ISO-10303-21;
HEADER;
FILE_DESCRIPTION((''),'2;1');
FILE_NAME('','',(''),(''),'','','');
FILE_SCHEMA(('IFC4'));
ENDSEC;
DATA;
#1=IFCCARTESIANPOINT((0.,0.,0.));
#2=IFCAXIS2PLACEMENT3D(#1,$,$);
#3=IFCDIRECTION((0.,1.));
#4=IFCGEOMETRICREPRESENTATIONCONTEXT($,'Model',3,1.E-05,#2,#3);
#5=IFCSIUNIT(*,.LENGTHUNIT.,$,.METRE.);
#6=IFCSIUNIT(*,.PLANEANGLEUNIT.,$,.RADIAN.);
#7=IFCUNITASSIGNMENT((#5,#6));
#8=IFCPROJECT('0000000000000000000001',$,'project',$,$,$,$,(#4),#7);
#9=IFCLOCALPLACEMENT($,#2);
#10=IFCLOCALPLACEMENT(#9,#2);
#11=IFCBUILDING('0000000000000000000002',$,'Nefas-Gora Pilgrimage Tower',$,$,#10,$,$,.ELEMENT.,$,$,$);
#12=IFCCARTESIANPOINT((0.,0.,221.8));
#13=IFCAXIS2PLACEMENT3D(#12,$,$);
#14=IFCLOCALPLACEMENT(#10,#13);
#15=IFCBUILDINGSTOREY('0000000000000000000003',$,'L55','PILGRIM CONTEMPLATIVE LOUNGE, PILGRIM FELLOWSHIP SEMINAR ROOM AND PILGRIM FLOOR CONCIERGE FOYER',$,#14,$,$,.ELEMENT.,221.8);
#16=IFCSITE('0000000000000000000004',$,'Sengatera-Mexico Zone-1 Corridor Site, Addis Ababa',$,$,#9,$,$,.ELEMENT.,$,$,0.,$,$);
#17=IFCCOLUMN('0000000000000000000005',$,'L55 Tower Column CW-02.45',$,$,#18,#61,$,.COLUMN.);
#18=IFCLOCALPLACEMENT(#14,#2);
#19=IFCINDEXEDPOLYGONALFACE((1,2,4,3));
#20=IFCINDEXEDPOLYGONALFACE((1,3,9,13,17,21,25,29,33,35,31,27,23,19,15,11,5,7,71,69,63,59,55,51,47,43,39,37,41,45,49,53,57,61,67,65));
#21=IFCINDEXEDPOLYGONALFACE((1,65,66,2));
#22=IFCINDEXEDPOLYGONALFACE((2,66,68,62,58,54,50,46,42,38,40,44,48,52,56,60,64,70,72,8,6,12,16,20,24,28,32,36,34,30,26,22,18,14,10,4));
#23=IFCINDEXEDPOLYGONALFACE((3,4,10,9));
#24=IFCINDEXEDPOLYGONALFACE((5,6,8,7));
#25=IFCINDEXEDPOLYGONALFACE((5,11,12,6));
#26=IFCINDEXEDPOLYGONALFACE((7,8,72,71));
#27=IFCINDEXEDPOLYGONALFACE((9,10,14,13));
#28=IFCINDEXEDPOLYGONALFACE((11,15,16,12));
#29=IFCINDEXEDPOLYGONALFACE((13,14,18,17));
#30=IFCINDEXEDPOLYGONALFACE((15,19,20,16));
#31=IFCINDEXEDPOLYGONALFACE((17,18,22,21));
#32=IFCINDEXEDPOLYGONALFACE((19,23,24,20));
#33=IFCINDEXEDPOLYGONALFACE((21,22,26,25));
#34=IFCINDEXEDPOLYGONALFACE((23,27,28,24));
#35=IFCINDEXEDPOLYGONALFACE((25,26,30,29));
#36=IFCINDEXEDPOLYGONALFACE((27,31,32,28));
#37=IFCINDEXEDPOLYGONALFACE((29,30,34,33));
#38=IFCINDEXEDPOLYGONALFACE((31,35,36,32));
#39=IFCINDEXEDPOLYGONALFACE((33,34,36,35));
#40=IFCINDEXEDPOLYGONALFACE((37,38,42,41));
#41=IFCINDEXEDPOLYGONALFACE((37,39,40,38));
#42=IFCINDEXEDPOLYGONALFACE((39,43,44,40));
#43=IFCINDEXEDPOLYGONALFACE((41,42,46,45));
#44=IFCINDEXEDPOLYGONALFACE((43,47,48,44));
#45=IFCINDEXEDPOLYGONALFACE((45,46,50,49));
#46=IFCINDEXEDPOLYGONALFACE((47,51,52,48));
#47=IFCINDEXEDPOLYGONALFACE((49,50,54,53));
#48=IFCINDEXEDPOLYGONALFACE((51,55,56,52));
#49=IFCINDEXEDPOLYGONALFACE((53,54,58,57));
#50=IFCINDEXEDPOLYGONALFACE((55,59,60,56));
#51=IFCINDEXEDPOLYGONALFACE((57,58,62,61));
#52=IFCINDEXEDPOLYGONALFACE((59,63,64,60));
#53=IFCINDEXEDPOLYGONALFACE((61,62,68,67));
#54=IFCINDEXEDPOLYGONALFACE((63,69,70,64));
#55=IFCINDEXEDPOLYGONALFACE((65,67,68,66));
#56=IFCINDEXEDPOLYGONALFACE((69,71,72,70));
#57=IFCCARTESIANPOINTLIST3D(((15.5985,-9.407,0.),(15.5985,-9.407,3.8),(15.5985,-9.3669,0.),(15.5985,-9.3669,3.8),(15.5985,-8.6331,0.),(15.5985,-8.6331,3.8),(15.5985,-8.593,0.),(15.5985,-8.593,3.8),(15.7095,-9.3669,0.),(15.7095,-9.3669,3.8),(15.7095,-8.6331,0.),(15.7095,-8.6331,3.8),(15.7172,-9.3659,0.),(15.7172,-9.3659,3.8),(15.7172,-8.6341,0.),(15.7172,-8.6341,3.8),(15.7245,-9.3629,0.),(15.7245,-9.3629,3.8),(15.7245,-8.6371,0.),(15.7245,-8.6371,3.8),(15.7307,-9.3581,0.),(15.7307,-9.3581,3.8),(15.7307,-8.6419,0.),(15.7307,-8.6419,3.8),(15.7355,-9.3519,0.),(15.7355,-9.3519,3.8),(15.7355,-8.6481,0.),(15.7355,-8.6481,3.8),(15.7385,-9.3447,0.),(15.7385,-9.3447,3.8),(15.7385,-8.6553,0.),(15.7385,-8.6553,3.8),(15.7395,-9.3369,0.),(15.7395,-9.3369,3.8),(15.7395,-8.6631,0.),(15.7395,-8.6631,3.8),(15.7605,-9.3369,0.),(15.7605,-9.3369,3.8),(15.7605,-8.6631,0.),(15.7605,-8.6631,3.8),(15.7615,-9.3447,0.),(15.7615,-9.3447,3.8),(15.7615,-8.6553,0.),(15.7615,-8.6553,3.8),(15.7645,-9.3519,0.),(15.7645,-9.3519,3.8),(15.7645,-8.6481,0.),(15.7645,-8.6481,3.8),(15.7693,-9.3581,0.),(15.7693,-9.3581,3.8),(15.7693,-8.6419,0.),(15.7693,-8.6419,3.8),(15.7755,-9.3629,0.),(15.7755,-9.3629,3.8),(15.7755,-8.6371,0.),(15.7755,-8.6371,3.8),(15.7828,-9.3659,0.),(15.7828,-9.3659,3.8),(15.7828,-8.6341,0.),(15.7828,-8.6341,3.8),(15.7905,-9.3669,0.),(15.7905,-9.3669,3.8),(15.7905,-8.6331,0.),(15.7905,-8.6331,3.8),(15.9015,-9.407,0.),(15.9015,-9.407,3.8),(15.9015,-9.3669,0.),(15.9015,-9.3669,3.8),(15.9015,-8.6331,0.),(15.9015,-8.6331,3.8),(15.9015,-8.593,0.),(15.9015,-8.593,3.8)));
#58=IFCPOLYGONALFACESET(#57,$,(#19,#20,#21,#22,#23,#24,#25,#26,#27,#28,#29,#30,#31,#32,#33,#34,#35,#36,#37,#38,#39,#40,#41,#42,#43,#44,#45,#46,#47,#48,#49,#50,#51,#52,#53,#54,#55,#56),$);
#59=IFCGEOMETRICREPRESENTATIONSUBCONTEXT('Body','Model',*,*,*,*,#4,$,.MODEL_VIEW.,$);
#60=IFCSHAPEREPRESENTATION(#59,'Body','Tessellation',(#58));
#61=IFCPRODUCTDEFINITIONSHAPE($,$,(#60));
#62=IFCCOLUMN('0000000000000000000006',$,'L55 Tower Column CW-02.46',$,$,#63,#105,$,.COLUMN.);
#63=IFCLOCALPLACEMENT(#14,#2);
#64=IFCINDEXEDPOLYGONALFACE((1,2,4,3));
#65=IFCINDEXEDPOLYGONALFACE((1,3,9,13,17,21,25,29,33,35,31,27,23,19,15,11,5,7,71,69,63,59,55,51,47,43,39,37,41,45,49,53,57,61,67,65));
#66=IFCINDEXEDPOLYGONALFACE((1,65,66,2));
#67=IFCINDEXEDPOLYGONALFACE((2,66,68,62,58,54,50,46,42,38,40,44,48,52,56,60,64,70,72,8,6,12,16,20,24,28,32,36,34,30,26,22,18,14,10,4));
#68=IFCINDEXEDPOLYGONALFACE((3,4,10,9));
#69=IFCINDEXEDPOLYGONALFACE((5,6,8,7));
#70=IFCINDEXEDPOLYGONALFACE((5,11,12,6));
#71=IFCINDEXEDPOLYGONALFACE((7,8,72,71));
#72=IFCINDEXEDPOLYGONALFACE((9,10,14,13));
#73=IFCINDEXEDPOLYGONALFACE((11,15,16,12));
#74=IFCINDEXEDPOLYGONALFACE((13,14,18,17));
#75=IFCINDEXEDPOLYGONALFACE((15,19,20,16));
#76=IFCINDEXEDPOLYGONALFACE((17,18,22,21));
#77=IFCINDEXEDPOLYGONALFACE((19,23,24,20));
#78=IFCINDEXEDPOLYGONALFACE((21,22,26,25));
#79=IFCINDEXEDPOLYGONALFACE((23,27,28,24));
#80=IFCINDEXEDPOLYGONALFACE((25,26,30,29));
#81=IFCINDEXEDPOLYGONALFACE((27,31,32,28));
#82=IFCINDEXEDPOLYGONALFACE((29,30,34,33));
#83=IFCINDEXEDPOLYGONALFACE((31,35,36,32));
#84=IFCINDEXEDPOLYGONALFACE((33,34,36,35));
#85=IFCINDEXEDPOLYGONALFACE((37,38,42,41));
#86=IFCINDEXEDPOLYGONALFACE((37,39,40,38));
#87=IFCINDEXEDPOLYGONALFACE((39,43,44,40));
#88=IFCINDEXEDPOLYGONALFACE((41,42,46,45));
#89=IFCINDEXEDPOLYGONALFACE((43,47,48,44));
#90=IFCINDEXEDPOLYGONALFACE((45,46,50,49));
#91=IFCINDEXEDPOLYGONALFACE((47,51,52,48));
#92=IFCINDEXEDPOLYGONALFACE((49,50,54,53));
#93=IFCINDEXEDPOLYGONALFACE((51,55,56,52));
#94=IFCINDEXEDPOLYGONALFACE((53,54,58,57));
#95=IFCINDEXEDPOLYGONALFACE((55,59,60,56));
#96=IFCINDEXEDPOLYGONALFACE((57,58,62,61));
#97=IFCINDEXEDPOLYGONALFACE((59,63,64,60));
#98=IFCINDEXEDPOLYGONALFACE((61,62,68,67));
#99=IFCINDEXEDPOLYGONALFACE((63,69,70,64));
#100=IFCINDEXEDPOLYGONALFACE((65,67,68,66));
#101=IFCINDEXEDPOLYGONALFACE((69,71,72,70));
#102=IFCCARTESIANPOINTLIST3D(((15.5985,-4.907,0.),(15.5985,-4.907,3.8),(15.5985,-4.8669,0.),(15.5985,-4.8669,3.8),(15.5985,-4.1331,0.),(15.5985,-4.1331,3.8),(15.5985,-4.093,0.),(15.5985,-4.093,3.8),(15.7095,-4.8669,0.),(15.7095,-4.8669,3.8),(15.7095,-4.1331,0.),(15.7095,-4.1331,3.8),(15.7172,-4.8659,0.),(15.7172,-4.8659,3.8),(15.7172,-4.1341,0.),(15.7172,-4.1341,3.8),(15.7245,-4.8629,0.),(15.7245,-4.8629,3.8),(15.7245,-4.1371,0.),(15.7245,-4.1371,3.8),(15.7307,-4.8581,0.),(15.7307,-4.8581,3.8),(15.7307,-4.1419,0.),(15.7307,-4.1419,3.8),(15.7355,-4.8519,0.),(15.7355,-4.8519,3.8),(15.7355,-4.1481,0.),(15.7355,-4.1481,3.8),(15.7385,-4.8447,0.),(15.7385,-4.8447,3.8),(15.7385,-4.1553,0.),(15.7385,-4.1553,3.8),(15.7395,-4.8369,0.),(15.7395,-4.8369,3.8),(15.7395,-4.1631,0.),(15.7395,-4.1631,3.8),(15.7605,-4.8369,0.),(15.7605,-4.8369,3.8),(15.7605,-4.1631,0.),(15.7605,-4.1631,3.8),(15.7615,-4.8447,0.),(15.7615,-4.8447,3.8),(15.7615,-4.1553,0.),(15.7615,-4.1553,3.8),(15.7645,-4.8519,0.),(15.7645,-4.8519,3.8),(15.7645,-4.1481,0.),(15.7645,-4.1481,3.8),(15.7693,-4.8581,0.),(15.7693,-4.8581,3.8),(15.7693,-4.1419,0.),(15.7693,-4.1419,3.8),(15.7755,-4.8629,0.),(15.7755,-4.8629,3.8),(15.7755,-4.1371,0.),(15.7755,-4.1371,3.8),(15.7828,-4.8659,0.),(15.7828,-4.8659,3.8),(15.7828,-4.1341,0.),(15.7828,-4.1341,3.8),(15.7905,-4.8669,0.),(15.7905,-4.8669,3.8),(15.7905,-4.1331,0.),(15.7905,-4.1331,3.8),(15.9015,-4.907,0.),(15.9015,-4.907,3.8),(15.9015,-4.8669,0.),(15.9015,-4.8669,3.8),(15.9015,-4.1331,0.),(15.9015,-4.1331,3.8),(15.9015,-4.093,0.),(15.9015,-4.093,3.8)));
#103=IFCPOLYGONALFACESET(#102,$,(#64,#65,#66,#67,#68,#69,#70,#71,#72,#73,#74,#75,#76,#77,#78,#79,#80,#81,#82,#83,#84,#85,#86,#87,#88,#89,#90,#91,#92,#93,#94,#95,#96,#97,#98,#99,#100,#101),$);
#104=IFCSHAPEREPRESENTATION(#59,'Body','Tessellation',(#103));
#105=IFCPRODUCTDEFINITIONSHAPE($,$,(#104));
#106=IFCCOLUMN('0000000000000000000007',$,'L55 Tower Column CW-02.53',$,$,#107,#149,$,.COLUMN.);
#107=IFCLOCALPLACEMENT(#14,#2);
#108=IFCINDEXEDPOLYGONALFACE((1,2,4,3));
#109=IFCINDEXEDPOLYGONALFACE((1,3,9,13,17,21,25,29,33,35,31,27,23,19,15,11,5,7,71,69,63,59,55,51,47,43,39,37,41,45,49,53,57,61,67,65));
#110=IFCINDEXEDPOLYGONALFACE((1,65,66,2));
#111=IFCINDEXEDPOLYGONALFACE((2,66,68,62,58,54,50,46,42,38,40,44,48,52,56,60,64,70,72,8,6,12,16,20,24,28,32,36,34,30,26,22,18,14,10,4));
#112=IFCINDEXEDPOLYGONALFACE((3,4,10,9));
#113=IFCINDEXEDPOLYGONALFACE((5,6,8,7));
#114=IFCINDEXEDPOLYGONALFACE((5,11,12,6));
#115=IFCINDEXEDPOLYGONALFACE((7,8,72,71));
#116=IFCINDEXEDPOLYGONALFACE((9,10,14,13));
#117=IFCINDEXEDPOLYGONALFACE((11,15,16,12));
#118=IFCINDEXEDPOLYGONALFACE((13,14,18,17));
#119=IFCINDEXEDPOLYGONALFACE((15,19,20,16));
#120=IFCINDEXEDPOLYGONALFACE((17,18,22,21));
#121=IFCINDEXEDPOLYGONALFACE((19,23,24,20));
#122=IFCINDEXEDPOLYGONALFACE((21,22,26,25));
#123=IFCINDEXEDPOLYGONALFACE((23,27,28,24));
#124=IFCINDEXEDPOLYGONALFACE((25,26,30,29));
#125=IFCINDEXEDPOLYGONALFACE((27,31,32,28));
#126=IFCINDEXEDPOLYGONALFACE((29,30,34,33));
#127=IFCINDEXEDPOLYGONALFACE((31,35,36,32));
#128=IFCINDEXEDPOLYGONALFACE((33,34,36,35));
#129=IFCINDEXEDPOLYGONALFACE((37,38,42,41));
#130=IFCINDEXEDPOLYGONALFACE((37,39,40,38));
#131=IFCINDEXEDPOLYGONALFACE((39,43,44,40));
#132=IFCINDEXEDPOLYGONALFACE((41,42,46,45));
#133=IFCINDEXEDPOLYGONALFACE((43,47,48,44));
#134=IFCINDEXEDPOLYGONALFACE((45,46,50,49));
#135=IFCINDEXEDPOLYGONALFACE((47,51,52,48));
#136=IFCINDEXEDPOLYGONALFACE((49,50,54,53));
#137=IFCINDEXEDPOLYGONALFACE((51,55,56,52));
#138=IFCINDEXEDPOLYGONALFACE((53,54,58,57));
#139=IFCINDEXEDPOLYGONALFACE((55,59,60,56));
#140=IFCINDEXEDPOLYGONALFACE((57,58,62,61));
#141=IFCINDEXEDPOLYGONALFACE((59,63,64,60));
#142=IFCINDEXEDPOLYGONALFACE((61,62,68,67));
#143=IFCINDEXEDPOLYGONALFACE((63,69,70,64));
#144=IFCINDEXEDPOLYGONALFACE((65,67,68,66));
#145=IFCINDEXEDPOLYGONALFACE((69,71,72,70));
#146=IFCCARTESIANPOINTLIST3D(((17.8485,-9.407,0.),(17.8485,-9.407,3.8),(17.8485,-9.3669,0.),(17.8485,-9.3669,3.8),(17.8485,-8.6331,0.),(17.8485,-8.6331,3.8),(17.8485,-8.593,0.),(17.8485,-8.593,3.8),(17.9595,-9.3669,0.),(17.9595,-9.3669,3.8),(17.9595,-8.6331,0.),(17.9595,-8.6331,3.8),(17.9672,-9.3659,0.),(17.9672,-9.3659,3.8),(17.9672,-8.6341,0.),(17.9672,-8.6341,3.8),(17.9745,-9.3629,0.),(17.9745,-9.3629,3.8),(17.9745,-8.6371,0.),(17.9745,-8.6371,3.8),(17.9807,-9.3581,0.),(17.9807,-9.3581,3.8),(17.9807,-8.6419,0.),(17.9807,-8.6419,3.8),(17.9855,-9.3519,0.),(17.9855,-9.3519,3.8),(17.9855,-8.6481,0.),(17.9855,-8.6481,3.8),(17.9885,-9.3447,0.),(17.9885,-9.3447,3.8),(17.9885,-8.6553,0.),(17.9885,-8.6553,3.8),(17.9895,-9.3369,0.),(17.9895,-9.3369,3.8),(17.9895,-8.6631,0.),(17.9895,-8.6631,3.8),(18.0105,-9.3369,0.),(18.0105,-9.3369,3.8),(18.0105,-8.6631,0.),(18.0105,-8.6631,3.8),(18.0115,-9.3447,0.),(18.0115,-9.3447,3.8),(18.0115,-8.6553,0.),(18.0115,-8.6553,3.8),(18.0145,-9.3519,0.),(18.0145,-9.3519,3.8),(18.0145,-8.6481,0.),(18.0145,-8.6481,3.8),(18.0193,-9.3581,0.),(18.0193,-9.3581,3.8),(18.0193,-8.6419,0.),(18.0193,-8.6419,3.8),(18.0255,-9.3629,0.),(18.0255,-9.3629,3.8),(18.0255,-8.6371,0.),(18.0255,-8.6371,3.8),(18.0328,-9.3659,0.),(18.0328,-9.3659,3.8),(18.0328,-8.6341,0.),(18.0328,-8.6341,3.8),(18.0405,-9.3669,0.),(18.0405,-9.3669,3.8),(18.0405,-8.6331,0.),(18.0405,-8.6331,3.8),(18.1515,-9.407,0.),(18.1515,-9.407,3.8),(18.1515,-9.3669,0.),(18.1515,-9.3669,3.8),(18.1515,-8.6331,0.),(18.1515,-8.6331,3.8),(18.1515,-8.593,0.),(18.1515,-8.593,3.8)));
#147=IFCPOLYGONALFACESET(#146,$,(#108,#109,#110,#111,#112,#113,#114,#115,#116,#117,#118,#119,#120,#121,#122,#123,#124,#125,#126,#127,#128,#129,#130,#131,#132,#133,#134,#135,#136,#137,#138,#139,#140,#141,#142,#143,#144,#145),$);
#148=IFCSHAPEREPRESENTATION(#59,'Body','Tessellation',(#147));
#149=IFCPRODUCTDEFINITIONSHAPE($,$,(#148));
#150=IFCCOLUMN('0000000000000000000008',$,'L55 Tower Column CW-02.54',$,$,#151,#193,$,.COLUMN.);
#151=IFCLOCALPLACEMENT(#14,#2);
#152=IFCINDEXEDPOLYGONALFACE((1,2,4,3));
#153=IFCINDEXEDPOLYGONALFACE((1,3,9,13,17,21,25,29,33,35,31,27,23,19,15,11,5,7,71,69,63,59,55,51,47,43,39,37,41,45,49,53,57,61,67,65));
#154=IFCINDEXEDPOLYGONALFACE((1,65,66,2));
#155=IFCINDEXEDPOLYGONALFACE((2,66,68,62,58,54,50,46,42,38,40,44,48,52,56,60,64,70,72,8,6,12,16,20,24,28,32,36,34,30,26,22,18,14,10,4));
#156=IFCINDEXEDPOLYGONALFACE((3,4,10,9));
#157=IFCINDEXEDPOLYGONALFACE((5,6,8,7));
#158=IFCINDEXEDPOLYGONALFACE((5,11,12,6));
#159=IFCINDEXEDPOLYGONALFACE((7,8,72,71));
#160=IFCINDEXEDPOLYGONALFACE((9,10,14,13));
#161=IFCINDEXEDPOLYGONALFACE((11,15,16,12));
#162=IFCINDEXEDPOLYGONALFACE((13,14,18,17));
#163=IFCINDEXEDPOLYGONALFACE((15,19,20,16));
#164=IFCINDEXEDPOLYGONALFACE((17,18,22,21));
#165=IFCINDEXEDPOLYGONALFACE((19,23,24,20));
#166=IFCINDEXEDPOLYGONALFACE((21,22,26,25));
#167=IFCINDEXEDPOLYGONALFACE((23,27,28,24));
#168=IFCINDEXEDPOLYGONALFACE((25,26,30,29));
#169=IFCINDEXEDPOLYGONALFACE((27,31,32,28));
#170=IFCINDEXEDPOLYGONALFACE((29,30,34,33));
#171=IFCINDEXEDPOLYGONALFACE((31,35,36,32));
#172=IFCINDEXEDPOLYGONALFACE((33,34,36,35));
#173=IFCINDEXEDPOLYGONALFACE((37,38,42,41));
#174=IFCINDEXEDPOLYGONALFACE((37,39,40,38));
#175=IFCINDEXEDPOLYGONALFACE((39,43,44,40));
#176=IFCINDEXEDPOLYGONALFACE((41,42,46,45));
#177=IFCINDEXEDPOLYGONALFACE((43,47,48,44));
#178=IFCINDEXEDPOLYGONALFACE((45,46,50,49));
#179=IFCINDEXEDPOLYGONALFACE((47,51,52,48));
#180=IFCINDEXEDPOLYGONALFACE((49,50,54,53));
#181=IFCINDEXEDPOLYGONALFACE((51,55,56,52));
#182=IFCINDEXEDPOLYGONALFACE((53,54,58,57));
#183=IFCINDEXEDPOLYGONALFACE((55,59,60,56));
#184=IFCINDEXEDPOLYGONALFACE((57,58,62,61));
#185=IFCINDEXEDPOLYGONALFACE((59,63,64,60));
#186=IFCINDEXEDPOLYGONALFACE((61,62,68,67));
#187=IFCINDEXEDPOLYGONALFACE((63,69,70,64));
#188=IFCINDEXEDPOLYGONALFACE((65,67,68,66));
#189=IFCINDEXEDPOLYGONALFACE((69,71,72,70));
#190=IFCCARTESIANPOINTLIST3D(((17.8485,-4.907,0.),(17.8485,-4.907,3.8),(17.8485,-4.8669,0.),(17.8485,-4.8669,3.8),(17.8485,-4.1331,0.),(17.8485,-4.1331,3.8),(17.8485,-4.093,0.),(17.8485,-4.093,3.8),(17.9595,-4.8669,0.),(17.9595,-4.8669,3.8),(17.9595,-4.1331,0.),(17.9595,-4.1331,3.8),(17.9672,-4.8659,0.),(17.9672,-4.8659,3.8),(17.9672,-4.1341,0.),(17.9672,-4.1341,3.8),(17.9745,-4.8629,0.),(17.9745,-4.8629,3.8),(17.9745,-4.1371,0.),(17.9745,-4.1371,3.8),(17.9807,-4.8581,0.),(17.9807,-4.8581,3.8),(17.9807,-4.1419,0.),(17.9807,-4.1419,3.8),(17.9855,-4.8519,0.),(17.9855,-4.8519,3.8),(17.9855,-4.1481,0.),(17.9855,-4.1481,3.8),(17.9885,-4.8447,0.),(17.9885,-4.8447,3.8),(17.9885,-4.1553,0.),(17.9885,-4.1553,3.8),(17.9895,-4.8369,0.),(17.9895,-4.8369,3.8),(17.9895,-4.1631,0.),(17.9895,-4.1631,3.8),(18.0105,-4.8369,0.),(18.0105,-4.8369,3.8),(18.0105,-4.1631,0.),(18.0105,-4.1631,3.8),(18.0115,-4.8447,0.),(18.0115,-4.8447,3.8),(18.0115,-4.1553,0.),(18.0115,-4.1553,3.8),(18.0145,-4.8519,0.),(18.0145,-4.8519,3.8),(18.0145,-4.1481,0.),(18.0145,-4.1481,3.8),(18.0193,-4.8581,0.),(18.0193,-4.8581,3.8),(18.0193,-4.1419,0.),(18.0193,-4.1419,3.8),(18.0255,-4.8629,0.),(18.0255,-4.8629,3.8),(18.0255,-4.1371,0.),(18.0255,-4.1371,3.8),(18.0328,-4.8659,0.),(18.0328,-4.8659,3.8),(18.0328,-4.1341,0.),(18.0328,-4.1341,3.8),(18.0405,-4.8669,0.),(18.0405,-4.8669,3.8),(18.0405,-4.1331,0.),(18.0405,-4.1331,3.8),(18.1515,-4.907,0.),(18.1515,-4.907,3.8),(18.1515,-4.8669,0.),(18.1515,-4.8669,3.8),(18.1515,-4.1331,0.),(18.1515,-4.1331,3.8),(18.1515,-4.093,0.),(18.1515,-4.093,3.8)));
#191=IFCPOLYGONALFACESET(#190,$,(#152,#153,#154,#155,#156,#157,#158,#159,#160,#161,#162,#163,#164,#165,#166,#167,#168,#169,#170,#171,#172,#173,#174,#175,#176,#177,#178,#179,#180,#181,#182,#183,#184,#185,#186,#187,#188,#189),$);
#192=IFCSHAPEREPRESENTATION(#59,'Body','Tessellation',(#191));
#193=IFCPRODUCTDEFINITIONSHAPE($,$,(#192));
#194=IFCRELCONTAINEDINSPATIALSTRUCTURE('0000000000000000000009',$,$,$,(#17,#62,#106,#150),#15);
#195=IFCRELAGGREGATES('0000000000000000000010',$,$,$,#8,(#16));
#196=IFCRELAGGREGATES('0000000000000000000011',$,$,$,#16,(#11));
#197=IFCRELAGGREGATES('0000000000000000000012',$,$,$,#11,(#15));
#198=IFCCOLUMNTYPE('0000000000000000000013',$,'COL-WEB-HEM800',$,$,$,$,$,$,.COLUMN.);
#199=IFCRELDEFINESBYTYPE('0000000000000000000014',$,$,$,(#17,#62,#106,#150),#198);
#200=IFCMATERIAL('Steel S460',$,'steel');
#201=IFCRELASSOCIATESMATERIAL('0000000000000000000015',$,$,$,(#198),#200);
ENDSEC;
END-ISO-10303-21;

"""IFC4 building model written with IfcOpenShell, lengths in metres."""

from ifc_helpers import new_model, si_unit, direction, frame, origin, origin_2d, place, context, subcontext, project, spatial, i_section, extrude, source, transform, mapped, material, material_profile, profile_set, type_object, element, save


model = new_model("IFC4")

# Units and contexts
model_context = context("Model", 3, precision=1e-05, world=origin(), true_north=direction((0.0, 1.0)))
body_context = subcontext(model_context, "Body", "Model", "MODEL_VIEW")
ifc_project = project(units=[si_unit("LENGTHUNIT", "METRE"), si_unit("PLANEANGLEUNIT", "RADIAN")], contexts=[model_context])

# Site, building, storey
site_placement = place(None, origin())
site = spatial("IfcSite", under=ifc_project, at=site_placement, Name="Sengatera-Mexico Zone-1 Corridor Site, Addis Ababa", CompositionType="ELEMENT", RefElevation=0.0)
building_placement = place(site_placement, origin())
building = spatial("IfcBuilding", under=site, at=building_placement, Name="Nefas-Gora Pilgrimage Tower", CompositionType="ELEMENT")
storey_placement = place(building_placement, frame((0.0, 0.0, 221.8)))
storey = spatial("IfcBuildingStorey", under=building, at=storey_placement, Name="L55", Description="PILGRIM CONTEMPLATIVE LOUNGE, PILGRIM FELLOWSHIP SEMINAR ROOM AND PILGRIM FLOOR CONCIERGE FOYER", CompositionType="ELEMENT", Elevation=221.8)

# Columns
ifc_material_1 = material(Name="Steel S460", Category="steel")
ifc_material_profile_1 = material_profile(ifc_material_1, i_section(OverallWidth=0.303, OverallDepth=0.814, WebThickness=0.021, FlangeThickness=0.04, FilletRadius=0.03, at=origin_2d()), Name="HEM 800")
ifc_profile_set_1 = profile_set([ifc_material_profile_1], Name="Steel S460")
column_type_1 = type_object("IfcColumnType", Name="COL-WEB-HEM800", PredefinedType="COLUMN", material=ifc_profile_set_1)
shared_shape_1 = source(origin(), body_context, "Body", "SweptSolid", [
    extrude(i_section(OverallWidth=0.303, OverallDepth=0.814, WebThickness=0.021, FlangeThickness=0.04, FilletRadius=0.03, at=origin_2d()), origin(), (0.0, 0.0, 1.0), 3.8),
])
for number, where, z_axis, x_axis, name in (
    (1, (15.75, -9.0, 0.0), (0.0, 0.0, 1.0), (1.0, 0.0, 0.0), "L55 Tower Column CW-02.45"),
    (2, (15.75, -4.5, 0.0), (0.0, 0.0, 1.0), (1.0, 0.0, 0.0), "L55 Tower Column CW-02.46"),
    (3, (18.0, -9.0, 0.0), (0.0, 0.0, 1.0), (1.0, 0.0, 0.0), "L55 Tower Column CW-02.53"),
    (4, (18.0, -4.5, 0.0), (0.0, 0.0, 1.0), (1.0, 0.0, 0.0), "L55 Tower Column CW-02.54"),
):
    element("IfcColumn", number, at=place(storey_placement, frame(where, z_axis=z_axis, x_axis=x_axis)), inside=storey, type_object=column_type_1, Name=name, PredefinedType="COLUMN", context=body_context, shape_type="MappedRepresentation", body=[
        mapped(shared_shape_1, transform((0.0, 0.0, 0.0), x_axis=(1.0, 0.0, 0.0), y_axis=(0.0, 1.0, 0.0), z_axis=(0.0, 0.0, 1.0), scale=1.0)),
    ])

save(model, "model.ifc")
